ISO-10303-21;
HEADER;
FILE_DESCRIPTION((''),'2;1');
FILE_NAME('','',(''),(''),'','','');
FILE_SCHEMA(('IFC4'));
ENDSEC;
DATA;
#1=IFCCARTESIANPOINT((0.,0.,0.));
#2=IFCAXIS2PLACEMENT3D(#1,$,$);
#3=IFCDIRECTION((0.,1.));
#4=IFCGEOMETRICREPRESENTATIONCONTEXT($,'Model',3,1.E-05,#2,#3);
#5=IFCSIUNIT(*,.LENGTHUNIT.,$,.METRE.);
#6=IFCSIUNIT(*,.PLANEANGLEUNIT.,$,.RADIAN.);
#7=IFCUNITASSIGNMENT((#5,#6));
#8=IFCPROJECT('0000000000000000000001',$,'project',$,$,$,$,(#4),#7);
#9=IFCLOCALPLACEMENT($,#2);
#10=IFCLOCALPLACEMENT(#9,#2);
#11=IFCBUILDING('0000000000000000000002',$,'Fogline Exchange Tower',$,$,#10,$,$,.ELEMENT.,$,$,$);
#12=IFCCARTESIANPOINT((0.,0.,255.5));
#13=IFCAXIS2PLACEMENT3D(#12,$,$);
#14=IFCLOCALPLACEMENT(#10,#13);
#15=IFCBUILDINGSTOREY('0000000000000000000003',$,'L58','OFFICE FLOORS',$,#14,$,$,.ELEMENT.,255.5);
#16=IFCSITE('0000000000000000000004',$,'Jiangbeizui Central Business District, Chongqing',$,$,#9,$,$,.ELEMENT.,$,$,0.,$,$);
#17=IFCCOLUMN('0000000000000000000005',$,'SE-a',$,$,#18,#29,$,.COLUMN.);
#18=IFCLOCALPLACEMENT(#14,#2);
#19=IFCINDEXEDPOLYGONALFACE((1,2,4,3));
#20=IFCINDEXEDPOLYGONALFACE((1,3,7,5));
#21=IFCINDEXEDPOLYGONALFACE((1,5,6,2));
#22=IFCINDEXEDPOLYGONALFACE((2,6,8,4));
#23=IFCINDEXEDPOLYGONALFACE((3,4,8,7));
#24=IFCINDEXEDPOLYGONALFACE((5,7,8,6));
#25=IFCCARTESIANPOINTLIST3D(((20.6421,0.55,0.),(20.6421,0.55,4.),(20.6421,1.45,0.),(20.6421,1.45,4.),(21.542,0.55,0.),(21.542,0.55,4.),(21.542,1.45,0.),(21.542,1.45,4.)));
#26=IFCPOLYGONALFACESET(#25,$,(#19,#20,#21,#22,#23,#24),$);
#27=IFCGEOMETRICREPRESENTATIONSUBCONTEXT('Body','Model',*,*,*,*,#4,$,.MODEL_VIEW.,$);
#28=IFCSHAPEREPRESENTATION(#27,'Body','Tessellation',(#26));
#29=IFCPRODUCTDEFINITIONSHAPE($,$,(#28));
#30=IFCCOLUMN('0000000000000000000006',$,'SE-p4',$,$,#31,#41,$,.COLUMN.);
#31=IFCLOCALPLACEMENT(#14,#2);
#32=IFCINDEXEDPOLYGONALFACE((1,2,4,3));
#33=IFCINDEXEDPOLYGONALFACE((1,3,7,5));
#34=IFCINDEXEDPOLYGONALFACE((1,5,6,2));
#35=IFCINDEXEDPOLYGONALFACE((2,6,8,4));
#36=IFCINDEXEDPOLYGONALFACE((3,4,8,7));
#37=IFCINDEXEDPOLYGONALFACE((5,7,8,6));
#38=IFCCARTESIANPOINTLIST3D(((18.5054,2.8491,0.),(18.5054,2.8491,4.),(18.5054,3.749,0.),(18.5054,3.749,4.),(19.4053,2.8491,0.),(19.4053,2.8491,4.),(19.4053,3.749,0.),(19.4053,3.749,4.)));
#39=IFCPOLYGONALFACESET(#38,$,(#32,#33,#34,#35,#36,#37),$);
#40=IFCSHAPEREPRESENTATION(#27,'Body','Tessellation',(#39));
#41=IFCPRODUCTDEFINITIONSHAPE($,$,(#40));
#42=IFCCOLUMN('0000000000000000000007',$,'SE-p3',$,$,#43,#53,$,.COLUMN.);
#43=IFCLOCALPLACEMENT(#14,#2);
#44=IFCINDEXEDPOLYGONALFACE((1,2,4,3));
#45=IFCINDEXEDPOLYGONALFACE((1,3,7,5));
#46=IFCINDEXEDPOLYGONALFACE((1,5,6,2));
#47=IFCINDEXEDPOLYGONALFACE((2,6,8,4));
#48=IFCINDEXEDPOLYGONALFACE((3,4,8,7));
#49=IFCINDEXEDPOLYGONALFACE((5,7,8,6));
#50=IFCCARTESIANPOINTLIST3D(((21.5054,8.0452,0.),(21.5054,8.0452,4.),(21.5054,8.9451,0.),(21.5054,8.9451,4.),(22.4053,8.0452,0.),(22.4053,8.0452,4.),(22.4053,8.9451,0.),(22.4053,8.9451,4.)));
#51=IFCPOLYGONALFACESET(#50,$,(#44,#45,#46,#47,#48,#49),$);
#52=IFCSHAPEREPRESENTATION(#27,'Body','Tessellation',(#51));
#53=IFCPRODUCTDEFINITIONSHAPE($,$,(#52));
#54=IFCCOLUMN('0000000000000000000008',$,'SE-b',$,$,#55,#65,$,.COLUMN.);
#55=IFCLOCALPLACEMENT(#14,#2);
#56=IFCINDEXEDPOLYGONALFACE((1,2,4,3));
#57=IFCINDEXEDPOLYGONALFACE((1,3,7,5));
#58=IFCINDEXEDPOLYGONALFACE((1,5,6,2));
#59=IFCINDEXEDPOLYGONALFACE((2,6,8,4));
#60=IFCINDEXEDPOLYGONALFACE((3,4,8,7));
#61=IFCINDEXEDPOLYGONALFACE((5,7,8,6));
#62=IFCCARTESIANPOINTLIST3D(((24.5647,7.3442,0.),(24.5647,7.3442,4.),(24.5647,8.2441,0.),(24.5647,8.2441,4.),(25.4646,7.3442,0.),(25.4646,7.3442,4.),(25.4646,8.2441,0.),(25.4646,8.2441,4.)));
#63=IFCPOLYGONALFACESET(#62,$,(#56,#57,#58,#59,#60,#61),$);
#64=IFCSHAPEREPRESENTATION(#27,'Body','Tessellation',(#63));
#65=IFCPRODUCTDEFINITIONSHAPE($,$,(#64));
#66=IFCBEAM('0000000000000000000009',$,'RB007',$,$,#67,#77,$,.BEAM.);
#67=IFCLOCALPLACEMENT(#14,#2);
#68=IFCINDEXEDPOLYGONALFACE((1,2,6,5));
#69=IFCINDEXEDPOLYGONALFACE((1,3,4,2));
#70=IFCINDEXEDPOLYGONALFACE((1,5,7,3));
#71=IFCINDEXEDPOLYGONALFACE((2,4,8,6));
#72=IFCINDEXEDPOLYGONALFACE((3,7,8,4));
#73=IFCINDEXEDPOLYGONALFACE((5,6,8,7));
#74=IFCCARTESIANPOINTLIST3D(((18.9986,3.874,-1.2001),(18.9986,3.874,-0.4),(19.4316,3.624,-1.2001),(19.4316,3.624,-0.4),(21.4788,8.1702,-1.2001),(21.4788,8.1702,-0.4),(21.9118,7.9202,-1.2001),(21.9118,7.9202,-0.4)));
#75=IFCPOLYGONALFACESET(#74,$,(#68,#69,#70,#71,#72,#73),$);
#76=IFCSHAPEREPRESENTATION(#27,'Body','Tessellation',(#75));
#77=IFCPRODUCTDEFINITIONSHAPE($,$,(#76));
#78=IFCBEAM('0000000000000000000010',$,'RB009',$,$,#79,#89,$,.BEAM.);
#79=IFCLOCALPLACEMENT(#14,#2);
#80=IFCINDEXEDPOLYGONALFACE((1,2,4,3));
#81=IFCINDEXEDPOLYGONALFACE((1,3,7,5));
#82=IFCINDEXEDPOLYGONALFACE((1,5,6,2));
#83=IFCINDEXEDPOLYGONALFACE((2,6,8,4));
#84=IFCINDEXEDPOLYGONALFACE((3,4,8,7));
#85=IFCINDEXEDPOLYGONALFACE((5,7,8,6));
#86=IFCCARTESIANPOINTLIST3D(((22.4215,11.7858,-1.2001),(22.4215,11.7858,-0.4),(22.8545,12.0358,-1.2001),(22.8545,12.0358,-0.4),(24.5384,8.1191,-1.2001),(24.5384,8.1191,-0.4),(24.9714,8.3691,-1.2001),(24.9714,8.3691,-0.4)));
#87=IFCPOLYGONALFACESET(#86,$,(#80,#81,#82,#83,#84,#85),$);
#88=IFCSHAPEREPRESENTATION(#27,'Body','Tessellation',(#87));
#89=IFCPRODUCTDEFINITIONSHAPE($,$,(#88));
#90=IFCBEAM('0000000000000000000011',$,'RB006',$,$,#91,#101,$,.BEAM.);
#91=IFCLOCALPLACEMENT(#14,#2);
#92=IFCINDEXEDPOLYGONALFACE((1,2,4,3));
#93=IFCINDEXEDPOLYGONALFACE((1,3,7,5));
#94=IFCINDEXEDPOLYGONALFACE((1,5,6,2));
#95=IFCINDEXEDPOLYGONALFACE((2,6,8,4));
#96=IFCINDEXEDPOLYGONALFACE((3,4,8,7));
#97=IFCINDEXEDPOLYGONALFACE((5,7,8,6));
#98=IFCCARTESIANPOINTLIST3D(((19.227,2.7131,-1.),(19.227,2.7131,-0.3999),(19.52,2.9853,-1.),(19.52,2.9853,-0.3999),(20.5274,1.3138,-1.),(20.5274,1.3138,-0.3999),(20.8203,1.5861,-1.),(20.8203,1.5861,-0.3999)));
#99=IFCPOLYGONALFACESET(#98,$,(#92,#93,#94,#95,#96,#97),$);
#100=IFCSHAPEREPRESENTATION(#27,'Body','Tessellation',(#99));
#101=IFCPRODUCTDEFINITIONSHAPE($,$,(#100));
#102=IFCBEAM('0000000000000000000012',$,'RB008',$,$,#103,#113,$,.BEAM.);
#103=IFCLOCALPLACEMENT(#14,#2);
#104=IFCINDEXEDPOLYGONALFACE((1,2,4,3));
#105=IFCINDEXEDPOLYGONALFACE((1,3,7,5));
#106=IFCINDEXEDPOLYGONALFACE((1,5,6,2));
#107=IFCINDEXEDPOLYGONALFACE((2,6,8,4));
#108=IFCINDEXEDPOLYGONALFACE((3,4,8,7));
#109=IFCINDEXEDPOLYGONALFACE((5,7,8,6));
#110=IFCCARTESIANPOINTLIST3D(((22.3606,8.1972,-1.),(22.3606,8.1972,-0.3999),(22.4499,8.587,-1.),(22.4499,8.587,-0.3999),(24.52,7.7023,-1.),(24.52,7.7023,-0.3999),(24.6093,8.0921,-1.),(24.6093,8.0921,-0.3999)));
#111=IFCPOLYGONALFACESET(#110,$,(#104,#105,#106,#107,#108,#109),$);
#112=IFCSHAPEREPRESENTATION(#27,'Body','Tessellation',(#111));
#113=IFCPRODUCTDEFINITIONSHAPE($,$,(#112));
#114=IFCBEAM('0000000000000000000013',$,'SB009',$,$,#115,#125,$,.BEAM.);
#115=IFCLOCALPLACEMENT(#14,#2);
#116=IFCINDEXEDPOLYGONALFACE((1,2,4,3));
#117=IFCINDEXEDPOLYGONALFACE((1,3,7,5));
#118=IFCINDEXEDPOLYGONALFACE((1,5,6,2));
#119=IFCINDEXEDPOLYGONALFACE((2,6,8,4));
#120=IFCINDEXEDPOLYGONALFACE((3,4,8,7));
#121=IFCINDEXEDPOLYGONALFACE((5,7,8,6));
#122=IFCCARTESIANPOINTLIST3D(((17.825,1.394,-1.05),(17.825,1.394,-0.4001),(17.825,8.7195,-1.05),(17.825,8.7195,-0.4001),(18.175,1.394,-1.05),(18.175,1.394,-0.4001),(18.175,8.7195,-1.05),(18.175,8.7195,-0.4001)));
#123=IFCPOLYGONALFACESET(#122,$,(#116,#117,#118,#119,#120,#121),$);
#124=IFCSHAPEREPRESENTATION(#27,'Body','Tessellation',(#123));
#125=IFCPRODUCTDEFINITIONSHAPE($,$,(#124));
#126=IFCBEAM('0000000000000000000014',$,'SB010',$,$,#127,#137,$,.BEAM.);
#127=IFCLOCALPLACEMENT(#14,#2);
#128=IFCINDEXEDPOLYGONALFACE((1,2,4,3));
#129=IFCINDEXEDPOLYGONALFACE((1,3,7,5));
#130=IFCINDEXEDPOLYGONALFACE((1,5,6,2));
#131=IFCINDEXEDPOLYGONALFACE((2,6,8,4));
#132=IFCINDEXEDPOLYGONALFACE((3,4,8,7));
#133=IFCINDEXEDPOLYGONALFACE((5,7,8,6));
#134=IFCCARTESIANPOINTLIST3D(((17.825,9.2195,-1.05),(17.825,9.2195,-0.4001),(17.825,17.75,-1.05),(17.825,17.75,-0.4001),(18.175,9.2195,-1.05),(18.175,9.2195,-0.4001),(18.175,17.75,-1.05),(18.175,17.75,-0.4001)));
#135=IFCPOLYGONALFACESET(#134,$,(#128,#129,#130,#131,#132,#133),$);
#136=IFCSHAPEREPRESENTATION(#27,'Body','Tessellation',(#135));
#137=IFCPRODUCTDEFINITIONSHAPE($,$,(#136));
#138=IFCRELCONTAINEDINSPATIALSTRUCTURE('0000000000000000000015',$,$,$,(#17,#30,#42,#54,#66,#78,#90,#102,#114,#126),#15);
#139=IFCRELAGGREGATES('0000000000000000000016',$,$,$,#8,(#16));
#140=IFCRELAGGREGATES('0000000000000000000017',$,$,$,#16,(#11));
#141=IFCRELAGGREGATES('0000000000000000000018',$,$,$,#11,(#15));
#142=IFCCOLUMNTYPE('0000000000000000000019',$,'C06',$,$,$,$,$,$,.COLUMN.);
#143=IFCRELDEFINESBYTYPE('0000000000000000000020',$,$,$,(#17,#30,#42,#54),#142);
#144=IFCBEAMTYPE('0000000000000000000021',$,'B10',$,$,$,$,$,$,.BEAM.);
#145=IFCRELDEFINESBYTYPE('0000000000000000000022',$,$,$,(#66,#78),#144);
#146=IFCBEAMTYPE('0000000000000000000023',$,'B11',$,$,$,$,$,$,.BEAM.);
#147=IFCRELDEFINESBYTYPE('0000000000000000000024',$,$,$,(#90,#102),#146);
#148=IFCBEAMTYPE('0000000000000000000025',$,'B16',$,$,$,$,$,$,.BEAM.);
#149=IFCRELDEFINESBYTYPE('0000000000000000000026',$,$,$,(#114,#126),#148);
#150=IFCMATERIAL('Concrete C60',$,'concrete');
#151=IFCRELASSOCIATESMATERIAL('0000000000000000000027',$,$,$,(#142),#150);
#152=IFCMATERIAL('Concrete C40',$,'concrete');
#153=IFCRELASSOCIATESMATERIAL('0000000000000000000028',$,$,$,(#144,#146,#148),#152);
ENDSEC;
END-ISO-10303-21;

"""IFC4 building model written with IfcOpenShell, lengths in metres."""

from ifc_helpers import new_model, si_unit, direction, frame, origin, origin_2d, place, context, subcontext, project, spatial, rectangle, extrude, material, material_profile, profile_set, type_object, element, save


model = new_model("IFC4")

# Units and contexts
model_context = context("Model", 3, precision=1e-05, world=origin(), true_north=direction((0.0, 1.0)))
body_context = subcontext(model_context, "Body", "Model", "MODEL_VIEW")
ifc_project = project(units=[si_unit("LENGTHUNIT", "METRE"), si_unit("PLANEANGLEUNIT", "RADIAN")], contexts=[model_context])

# Site, building, storey
site_placement = place(None, origin())
site = spatial("IfcSite", under=ifc_project, at=site_placement, Name="Jiangbeizui Central Business District, Chongqing", CompositionType="ELEMENT", RefElevation=0.0)
building_placement = place(site_placement, origin())
building = spatial("IfcBuilding", under=site, at=building_placement, Name="Fogline Exchange Tower", CompositionType="ELEMENT")
storey_placement = place(building_placement, frame((0.0, 0.0, 255.5)))
storey = spatial("IfcBuildingStorey", under=building, at=storey_placement, Name="L58", Description="OFFICE FLOORS", CompositionType="ELEMENT", Elevation=255.5)

# Columns
ifc_material_1 = material(Name="Concrete C60", Category="concrete")
ifc_material_profile_1 = material_profile(ifc_material_1, rectangle(XDim=0.8999, YDim=0.8999, at=origin_2d()), Name="RC 900x900")
ifc_profile_set_1 = profile_set([ifc_material_profile_1], Name="Concrete C60")
column_type = type_object("IfcColumnType", Name="C06", PredefinedType="COLUMN", material=ifc_profile_set_1)
for number, where, z_axis, x_axis, name in (
    (1, (21.092, 1.0, 0.0), (0.0, 0.0, 1.0), (1.0, 0.0, 0.0), "SE-a"),
    (2, (18.9553, 3.2991, 0.0), (0.0, 0.0, 1.0), (1.0, 0.0, 0.0), "SE-p4"),
    (3, (21.9553, 8.4951, 0.0), (0.0, 0.0, 1.0), (1.0, 0.0, 0.0), "SE-p3"),
    (4, (25.0146, 7.7942, 0.0), (0.0, 0.0, 1.0), (1.0, 0.0, 0.0), "SE-b"),
):
    element("IfcColumn", number, at=place(storey_placement, frame(where, z_axis=z_axis, x_axis=x_axis)), inside=storey, type_object=column_type, Name=name, PredefinedType="COLUMN", context=body_context, shape_type="SweptSolid", body=[
        extrude(rectangle(XDim=0.8999, YDim=0.8999, at=origin_2d()), origin(), (0.0, 0.0, 1.0), 4.0),
    ])

# Beams
ifc_material_2 = material(Name="Concrete C40", Category="concrete")
ifc_material_profile_2 = material_profile(ifc_material_2, rectangle(XDim=0.5, YDim=0.8, at=origin_2d()), Name="RC 500x800")
ifc_profile_set_2 = profile_set([ifc_material_profile_2], Name="Concrete C40")
beam_type_1 = type_object("IfcBeamType", Name="B10", PredefinedType="BEAM", material=ifc_profile_set_2)
beam_1_placement = place(storey_placement, frame((19.2151, 3.749, -0.8), z_axis=(0.499977, 0.866039, 0.0), x_axis=(-0.866039, 0.499977, 0.0)))
element("IfcBeam", 5, at=beam_1_placement, inside=storey, type_object=beam_type_1, Name="RB007", PredefinedType="BEAM", context=body_context, shape_type="SweptSolid", body=[
    extrude(rectangle(XDim=0.5, YDim=0.8, at=origin_2d()), origin(), (0.0, 0.0, 1.0), 4.9607),
])
beam_2_placement = place(storey_placement, frame((24.7549, 8.2441, -0.8), z_axis=(-0.49999, 0.866031, 0.0), x_axis=(-0.866031, -0.49999, 0.0)))
element("IfcBeam", 6, at=beam_2_placement, inside=storey, type_object=beam_type_1, Name="RB009", PredefinedType="BEAM", context=body_context, shape_type="SweptSolid", body=[
    extrude(rectangle(XDim=0.5, YDim=0.8, at=origin_2d()), origin(), (0.0, 0.0, 1.0), 4.2339),
])
ifc_material_profile_3 = material_profile(ifc_material_2, rectangle(XDim=0.3999, YDim=0.6001, at=origin_2d()), Name="RC 400x600")
ifc_profile_set_3 = profile_set([ifc_material_profile_3], Name="Concrete C40")
beam_type_2 = type_object("IfcBeamType", Name="B11", PredefinedType="BEAM", material=ifc_profile_set_3)
beam_3_placement = place(storey_placement, frame((20.6738, 1.45, -0.7), z_axis=(-0.68075, 0.732516, 0.0), x_axis=(-0.732516, -0.68075, 0.0)))
element("IfcBeam", 7, at=beam_3_placement, inside=storey, type_object=beam_type_2, Name="RB006", PredefinedType="BEAM", context=body_context, shape_type="SweptSolid", body=[
    extrude(rectangle(XDim=0.3999, YDim=0.6001, at=origin_2d()), origin(), (0.0, 0.0, 1.0), 1.9102),
])
beam_4_placement = place(storey_placement, frame((22.4053, 8.3921, -0.7), z_axis=(0.974732, -0.223378, 0.0), x_axis=(0.223378, 0.974732, 0.0)))
element("IfcBeam", 8, at=beam_4_placement, inside=storey, type_object=beam_type_2, Name="RB008", PredefinedType="BEAM", context=body_context, shape_type="SweptSolid", body=[
    extrude(rectangle(XDim=0.3999, YDim=0.6001, at=origin_2d()), origin(), (0.0, 0.0, 1.0), 2.2153),
])
ifc_material_profile_4 = material_profile(ifc_material_2, rectangle(XDim=0.3501, YDim=0.6499, at=origin_2d()), Name="RC 350x650")
ifc_profile_set_4 = profile_set([ifc_material_profile_4], Name="Concrete C40")
beam_type_3 = type_object("IfcBeamType", Name="B16", PredefinedType="BEAM", material=ifc_profile_set_4)
beam_5_placement = place(storey_placement, frame((18.0, 1.394, -0.7251), z_axis=(0.0, 1.0, 0.0), x_axis=(-1.0, 0.0, 0.0)))
element("IfcBeam", 9, at=beam_5_placement, inside=storey, type_object=beam_type_3, Name="SB009", PredefinedType="BEAM", context=body_context, shape_type="SweptSolid", body=[
    extrude(rectangle(XDim=0.3501, YDim=0.6499, at=origin_2d()), origin(), (0.0, 0.0, 1.0), 7.3254),
])
beam_6_placement = place(storey_placement, frame((18.0, 9.2195, -0.7251), z_axis=(0.0, 1.0, 0.0), x_axis=(-1.0, 0.0, 0.0)))
element("IfcBeam", 10, at=beam_6_placement, inside=storey, type_object=beam_type_3, Name="SB010", PredefinedType="BEAM", context=body_context, shape_type="SweptSolid", body=[
    extrude(rectangle(XDim=0.3501, YDim=0.6499, at=origin_2d()), origin(), (0.0, 0.0, 1.0), 8.5305),
])

save(model, "model.ifc")
